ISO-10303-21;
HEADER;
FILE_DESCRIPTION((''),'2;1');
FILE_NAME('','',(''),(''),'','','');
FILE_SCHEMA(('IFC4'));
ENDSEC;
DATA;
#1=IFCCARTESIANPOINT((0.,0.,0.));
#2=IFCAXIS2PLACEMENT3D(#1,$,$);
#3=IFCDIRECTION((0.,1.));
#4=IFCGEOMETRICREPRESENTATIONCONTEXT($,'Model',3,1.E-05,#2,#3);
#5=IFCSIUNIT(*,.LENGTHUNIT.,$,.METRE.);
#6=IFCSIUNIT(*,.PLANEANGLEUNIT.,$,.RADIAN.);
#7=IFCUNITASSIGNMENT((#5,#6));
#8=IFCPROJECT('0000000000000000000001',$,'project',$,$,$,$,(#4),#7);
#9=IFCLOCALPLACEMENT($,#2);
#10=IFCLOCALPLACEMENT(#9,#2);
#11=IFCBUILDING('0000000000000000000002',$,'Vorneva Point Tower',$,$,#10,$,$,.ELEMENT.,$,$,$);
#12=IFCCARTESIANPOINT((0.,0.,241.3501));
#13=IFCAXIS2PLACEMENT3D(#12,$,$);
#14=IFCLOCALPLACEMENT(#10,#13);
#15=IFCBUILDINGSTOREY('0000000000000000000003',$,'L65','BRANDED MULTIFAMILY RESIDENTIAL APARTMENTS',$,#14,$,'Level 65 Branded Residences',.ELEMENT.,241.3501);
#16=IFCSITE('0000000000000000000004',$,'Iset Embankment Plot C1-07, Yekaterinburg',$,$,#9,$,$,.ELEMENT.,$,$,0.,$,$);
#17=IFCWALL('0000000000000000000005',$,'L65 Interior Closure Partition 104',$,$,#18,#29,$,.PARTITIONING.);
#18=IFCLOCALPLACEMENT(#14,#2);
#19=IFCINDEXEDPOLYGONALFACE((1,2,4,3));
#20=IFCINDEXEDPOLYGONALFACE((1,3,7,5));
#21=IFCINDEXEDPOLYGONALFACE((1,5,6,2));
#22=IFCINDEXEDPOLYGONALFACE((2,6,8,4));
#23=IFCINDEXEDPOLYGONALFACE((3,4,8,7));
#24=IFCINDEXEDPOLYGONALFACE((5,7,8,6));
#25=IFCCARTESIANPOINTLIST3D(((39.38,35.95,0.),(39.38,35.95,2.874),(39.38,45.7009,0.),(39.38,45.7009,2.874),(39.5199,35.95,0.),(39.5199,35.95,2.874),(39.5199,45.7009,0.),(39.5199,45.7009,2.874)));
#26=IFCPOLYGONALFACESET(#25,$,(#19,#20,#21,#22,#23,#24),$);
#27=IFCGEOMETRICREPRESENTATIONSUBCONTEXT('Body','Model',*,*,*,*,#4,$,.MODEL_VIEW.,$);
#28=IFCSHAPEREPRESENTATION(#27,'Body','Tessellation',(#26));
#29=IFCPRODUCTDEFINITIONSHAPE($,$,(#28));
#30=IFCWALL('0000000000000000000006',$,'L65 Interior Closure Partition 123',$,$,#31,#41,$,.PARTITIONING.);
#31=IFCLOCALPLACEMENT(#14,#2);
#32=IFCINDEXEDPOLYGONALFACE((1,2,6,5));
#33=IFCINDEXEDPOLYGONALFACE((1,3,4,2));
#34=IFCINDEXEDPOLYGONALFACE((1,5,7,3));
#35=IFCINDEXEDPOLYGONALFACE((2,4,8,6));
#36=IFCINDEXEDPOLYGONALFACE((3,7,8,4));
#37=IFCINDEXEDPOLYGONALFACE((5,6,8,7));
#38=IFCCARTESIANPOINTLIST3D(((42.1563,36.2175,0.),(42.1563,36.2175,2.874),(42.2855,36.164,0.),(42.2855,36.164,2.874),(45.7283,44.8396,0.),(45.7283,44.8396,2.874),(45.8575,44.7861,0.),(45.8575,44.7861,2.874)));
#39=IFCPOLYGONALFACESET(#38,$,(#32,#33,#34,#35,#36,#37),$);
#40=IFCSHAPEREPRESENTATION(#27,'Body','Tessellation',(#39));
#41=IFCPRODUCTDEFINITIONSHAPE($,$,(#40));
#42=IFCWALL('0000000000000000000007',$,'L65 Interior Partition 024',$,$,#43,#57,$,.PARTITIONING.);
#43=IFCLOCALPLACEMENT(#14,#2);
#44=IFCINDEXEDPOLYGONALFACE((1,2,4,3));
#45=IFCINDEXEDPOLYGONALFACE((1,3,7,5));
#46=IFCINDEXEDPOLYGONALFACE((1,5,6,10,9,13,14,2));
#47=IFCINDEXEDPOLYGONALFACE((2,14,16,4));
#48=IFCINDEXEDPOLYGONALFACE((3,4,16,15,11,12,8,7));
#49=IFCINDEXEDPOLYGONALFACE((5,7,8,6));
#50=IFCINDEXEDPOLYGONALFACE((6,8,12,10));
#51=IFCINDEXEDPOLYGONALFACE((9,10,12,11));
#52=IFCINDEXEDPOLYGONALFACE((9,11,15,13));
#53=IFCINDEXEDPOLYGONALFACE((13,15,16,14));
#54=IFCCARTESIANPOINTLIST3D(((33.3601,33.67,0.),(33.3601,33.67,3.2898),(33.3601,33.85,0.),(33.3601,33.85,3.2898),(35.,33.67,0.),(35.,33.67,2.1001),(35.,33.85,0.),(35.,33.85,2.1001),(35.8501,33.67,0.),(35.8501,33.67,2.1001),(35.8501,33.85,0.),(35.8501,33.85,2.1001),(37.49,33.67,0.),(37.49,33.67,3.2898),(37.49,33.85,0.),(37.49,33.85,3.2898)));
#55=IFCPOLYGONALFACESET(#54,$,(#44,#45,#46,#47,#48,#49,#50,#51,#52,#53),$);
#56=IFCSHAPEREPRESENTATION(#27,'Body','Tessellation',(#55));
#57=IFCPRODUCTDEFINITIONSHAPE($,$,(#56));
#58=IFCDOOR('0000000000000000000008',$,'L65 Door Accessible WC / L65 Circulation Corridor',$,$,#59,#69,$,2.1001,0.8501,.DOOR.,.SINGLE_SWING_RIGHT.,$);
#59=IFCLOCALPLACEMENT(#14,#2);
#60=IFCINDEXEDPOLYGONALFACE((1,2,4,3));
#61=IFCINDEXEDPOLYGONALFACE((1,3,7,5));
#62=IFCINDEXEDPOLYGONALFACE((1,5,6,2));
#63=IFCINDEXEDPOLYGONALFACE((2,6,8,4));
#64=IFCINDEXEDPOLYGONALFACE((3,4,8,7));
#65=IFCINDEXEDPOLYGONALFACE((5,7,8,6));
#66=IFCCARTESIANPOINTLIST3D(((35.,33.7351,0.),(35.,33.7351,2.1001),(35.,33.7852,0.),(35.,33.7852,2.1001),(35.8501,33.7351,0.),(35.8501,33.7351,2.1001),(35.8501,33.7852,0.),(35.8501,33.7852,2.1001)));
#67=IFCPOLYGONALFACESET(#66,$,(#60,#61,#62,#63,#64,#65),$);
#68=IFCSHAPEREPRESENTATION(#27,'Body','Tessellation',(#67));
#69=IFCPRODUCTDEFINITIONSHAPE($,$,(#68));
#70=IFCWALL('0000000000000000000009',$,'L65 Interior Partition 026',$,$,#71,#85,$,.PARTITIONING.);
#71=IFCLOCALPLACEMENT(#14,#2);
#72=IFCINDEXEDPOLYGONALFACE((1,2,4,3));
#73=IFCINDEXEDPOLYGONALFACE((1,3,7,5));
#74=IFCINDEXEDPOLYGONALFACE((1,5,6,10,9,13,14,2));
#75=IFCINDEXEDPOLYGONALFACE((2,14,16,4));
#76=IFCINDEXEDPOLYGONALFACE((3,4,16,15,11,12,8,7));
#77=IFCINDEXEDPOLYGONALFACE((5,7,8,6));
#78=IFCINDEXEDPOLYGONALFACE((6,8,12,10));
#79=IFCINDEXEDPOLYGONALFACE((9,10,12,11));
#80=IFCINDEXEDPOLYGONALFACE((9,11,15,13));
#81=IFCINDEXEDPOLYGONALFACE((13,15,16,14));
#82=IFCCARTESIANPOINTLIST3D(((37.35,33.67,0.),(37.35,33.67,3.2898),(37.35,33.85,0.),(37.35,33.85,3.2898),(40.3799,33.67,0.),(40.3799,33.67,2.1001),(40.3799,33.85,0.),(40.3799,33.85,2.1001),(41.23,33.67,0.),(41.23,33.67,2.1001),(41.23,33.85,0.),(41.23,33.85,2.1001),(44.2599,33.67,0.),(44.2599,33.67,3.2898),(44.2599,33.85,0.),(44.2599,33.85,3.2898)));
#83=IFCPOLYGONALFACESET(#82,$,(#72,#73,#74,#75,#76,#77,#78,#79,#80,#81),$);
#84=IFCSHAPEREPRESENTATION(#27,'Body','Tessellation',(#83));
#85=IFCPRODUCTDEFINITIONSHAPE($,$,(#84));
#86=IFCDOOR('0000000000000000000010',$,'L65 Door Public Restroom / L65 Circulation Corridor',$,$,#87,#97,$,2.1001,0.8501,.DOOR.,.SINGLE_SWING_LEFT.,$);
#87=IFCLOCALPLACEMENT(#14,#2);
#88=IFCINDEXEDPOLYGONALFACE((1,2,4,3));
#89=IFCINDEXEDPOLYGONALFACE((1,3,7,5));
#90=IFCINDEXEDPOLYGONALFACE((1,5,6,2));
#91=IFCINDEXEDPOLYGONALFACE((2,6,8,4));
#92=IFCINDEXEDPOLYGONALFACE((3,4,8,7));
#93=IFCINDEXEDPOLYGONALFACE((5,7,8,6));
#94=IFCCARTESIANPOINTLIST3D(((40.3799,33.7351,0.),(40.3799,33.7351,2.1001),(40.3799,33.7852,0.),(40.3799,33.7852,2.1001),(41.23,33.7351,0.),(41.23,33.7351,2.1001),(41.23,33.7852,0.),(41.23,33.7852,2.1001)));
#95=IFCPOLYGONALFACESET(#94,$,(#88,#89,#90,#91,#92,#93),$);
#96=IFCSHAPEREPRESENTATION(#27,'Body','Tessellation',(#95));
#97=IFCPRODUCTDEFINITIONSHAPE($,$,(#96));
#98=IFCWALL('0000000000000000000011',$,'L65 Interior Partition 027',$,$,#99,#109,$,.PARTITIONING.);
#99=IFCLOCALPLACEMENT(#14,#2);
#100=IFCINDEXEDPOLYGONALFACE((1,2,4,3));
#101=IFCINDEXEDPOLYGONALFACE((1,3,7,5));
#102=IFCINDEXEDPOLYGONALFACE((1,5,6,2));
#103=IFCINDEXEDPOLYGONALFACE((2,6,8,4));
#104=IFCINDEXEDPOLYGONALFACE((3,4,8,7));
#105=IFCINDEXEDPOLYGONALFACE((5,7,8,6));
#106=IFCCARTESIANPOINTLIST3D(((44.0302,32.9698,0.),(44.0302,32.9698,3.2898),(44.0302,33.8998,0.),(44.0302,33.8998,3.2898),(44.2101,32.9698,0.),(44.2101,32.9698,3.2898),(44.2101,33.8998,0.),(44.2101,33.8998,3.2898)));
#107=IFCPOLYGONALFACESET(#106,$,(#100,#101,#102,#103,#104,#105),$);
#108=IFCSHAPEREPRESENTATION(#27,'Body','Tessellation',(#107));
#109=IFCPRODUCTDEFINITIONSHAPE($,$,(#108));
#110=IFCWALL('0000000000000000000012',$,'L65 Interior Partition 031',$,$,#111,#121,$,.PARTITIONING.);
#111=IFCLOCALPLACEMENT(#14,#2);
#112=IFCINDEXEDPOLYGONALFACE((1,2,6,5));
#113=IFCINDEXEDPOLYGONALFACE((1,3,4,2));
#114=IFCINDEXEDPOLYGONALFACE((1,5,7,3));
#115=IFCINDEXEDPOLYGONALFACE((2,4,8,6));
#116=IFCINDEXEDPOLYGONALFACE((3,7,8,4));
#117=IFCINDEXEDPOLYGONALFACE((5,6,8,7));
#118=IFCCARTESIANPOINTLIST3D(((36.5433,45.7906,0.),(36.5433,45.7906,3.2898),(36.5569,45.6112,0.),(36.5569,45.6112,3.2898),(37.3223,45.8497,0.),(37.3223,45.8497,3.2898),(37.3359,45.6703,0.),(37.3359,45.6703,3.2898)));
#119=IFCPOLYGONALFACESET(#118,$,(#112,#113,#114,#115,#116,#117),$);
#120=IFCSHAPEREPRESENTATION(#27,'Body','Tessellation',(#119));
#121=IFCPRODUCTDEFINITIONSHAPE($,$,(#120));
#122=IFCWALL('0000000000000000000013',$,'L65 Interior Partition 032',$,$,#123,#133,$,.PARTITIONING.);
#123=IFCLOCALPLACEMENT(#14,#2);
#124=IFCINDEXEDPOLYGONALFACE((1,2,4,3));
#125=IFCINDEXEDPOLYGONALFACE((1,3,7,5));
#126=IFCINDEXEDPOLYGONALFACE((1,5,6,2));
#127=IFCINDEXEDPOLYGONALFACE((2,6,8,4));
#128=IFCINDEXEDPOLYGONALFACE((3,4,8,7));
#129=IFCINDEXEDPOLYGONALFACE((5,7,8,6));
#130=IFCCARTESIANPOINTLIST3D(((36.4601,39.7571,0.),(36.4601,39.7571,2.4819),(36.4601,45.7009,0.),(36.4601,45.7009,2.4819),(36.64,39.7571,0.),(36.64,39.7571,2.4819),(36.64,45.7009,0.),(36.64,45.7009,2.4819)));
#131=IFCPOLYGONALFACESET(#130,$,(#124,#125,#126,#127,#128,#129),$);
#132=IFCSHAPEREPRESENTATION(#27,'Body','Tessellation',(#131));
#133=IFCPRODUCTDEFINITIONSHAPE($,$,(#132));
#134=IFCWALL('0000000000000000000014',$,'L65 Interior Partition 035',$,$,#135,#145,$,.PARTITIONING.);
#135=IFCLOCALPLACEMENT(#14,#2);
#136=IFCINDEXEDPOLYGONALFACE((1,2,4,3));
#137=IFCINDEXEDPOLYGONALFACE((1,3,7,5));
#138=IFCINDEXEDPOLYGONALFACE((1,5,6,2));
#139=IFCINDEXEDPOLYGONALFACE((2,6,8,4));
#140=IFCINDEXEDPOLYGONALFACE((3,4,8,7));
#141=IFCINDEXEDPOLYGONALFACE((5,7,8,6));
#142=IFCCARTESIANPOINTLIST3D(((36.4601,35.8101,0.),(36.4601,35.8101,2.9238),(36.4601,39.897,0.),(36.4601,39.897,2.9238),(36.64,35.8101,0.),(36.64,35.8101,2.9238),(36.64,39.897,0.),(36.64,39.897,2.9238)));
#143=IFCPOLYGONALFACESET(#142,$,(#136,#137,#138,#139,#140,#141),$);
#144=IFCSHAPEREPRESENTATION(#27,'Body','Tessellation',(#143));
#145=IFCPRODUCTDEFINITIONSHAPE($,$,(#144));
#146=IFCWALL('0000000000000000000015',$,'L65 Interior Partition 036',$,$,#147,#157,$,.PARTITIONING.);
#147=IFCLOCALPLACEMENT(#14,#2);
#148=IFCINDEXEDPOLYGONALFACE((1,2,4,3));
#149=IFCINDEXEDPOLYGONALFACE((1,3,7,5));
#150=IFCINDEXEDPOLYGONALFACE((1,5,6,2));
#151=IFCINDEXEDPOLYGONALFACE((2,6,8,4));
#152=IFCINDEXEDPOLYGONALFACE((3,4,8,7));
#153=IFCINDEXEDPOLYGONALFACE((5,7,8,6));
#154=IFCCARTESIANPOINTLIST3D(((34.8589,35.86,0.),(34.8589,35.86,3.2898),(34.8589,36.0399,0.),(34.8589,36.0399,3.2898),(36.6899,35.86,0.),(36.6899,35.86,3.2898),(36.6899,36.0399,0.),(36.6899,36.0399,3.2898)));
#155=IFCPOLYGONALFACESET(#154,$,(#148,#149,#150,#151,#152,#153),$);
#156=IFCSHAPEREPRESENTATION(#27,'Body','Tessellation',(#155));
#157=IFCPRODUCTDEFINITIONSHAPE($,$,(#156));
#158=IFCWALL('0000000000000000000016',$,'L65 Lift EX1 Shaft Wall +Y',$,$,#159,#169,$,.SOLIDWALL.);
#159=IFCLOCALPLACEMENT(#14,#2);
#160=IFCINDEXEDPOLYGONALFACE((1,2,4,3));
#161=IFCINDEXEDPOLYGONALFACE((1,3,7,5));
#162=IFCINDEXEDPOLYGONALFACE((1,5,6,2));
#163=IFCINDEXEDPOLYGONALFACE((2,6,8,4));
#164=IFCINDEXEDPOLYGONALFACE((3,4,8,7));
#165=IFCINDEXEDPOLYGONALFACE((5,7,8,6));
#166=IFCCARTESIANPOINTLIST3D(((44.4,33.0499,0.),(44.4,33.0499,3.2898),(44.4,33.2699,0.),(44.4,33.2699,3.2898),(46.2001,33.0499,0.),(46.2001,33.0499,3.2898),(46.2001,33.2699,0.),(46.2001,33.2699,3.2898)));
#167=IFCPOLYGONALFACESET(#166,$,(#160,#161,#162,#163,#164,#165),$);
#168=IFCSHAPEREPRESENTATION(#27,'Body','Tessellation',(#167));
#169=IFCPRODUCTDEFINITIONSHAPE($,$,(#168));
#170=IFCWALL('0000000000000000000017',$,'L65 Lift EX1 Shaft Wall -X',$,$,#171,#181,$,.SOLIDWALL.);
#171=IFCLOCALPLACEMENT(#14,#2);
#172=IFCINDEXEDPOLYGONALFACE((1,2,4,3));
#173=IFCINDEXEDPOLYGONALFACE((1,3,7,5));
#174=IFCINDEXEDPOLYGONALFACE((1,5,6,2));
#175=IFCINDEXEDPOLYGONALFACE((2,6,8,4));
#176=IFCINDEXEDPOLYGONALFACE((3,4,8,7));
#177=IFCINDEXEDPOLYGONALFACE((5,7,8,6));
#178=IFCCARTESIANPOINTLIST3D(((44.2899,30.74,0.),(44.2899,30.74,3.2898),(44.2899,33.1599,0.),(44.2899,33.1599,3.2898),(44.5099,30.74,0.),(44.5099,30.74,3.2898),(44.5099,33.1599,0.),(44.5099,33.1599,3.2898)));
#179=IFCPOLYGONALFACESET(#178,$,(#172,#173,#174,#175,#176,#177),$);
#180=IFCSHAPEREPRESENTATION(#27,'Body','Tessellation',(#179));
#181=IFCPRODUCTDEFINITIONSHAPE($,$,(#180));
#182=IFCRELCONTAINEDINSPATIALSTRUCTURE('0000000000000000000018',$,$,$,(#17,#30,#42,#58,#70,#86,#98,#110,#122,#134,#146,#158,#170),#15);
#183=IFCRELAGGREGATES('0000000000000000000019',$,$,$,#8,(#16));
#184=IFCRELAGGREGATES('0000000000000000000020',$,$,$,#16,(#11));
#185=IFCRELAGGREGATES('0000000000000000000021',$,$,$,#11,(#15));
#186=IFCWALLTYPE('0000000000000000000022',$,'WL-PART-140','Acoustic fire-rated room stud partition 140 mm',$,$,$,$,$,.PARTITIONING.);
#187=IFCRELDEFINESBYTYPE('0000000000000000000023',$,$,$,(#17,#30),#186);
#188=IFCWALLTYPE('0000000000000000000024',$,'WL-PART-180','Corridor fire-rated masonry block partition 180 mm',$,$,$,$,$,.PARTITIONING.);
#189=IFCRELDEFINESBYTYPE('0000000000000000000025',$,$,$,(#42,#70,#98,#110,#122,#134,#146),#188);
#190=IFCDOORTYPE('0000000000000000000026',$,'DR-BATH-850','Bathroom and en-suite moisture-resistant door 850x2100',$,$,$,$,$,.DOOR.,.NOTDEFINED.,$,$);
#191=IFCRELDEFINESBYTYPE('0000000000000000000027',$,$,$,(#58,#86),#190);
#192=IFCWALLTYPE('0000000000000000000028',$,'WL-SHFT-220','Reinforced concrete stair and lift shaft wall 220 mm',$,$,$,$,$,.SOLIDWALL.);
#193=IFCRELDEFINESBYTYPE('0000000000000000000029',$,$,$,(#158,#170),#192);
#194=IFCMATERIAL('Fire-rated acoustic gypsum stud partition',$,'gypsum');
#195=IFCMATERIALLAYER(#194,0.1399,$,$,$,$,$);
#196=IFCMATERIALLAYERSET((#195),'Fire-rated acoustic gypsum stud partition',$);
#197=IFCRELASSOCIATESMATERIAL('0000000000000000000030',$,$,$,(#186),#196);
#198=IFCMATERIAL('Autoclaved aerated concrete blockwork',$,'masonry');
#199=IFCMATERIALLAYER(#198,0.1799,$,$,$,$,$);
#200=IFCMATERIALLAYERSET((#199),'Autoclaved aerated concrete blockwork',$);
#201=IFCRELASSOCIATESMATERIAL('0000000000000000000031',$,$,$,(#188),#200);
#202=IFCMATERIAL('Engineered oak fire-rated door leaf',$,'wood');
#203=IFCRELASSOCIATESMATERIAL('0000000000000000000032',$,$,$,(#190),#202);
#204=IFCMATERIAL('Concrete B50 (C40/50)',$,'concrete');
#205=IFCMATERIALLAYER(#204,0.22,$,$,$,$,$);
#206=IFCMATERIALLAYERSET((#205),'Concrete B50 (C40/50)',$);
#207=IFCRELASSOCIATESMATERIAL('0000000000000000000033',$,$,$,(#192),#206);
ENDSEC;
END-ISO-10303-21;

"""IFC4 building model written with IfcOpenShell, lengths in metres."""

from ifc_helpers import new_model, si_unit, direction, frame, frame_2d, origin, place, context, subcontext, project, spatial, rectangle, extrude, material, layer, layer_set, type_object, element, fill, save


model = new_model("IFC4")

# Units and contexts
model_context = context("Model", 3, precision=1e-05, world=origin(), true_north=direction((0.0, 1.0)))
body_context = subcontext(model_context, "Body", "Model", "MODEL_VIEW")
ifc_project = project(units=[si_unit("LENGTHUNIT", "METRE"), si_unit("PLANEANGLEUNIT", "RADIAN")], contexts=[model_context])

# Site, building, storey
site_placement = place(None, origin())
site = spatial("IfcSite", under=ifc_project, at=site_placement, Name="Iset Embankment Plot C1-07, Yekaterinburg", CompositionType="ELEMENT", RefElevation=0.0)
building_placement = place(site_placement, origin())
building = spatial("IfcBuilding", under=site, at=building_placement, Name="Vorneva Point Tower", CompositionType="ELEMENT")
storey_placement = place(building_placement, frame((0.0, 0.0, 241.3501)))
storey = spatial("IfcBuildingStorey", under=building, at=storey_placement, Name="L65", Description="BRANDED MULTIFAMILY RESIDENTIAL APARTMENTS", LongName="Level 65 Branded Residences", CompositionType="ELEMENT", Elevation=241.3501)

# Shared definitions
ifc_material_1 = material(Name="Concrete B50 (C40/50)", Category="concrete")

# Walls
ifc_material_2 = material(Name="Fire-rated acoustic gypsum stud partition", Category="gypsum")
ifc_layer_1 = layer(ifc_material_2, 0.1399)
ifc_layer_set_1 = layer_set([ifc_layer_1], Name="Fire-rated acoustic gypsum stud partition")
wall_type_1 = type_object("IfcWallType", Name="WL-PART-140", Description="Acoustic fire-rated room stud partition 140 mm", PredefinedType="PARTITIONING", material=ifc_layer_set_1)
wall_1_placement = place(storey_placement, frame((39.45, 35.95, 0.0), z_axis=(0.0, 0.0, 1.0), x_axis=(0.0, 1.0, 0.0)))
element("IfcWall", 1, at=wall_1_placement, inside=storey, type_object=wall_type_1, Name="L65 Interior Closure Partition 104", PredefinedType="PARTITIONING", context=body_context, shape_type="SweptSolid", body=[
    extrude(rectangle(XDim=9.751, YDim=0.1399, at=frame_2d((4.8755, 0.0))), origin(), (0.0, 0.0, 1.0), 2.874),
])
wall_2_placement = place(storey_placement, frame((45.793, 44.813, 0.0), z_axis=(0.0, 0.0, 1.0), x_axis=(-0.382742, -0.923855, 0.0)))
element("IfcWall", 2, at=wall_2_placement, inside=storey, type_object=wall_type_1, Name="L65 Interior Closure Partition 123", PredefinedType="PARTITIONING", context=body_context, shape_type="SweptSolid", body=[
    extrude(rectangle(XDim=9.3328, YDim=0.1399, at=frame_2d((4.6665, 0.0))), origin(), (0.0, 0.0, 1.0), 2.874),
])

# Walls, openings, doors
ifc_material_3 = material(Name="Autoclaved aerated concrete blockwork", Category="masonry")
ifc_layer_2 = layer(ifc_material_3, 0.1799)
ifc_layer_set_2 = layer_set([ifc_layer_2], Name="Autoclaved aerated concrete blockwork")
wall_type_2 = type_object("IfcWallType", Name="WL-PART-180", Description="Corridor fire-rated masonry block partition 180 mm", PredefinedType="PARTITIONING", material=ifc_layer_set_2)
wall_3_placement = place(storey_placement, frame((37.49, 33.76, 0.0), z_axis=(0.0, 0.0, 1.0), x_axis=(-1.0, 0.0, 0.0)))
wall_3 = element("IfcWall", 3, at=wall_3_placement, inside=storey, type_object=wall_type_2, Name="L65 Interior Partition 024", PredefinedType="PARTITIONING", context=body_context, shape_type="SweptSolid", body=[
    extrude(rectangle(XDim=4.1299, YDim=0.1799, at=frame_2d((2.0649, 0.0))), origin(), (0.0, 0.0, 1.0), 3.2898),
])
opening_1_placement = place(wall_3_placement, frame((1.6399, 0.0, 0.0)))
opening_1 = element("IfcOpeningElement", 4, at=opening_1_placement, cuts=wall_3, PredefinedType="OPENING", context=body_context, shape_type="SweptSolid", body=[
    extrude(rectangle(XDim=0.8501, YDim=2.1001, at=frame_2d((0.425, 1.05))), frame((0.0, 0.105, 0.0), z_axis=(0.0, -1.0, 0.0), x_axis=(1.0, 0.0, 0.0)), (0.0, 0.0, 1.0), 0.2097),
])
ifc_material_4 = material(Name="Engineered oak fire-rated door leaf", Category="wood")
door_type = type_object("IfcDoorType", Name="DR-BATH-850", Description="Bathroom and en-suite moisture-resistant door 850x2100", OperationType="NOTDEFINED", PredefinedType="DOOR", material=ifc_material_4)
door_1_placement = place(opening_1_placement, origin())
door_1 = element("IfcDoor", 5, at=door_1_placement, inside=storey, type_object=door_type, Name="L65 Door Accessible WC / L65 Circulation Corridor", OperationType="SINGLE_SWING_RIGHT", OverallHeight=2.1001, OverallWidth=0.8501, PredefinedType="DOOR", context=body_context, shape_type="SweptSolid", body=[
    extrude(rectangle(XDim=0.8501, YDim=2.1001, at=frame_2d((0.425, 1.05))), frame((0.0, 0.0249, 0.0), z_axis=(0.0, -1.0, 0.0), x_axis=(1.0, 0.0, 0.0)), (0.0, 0.0, 1.0), 0.05),
])
fill(opening_1, door_1)
wall_4_placement = place(storey_placement, frame((44.26, 33.76, 0.0), z_axis=(0.0, 0.0, 1.0), x_axis=(-1.0, 0.0, 0.0)))
wall_4 = element("IfcWall", 6, at=wall_4_placement, inside=storey, type_object=wall_type_2, Name="L65 Interior Partition 026", PredefinedType="PARTITIONING", context=body_context, shape_type="SweptSolid", body=[
    extrude(rectangle(XDim=6.9099, YDim=0.1799, at=frame_2d((3.4551, 0.0))), origin(), (0.0, 0.0, 1.0), 3.2898),
])
opening_2_placement = place(wall_4_placement, frame((3.03, 0.0, 0.0)))
opening_2 = element("IfcOpeningElement", 7, at=opening_2_placement, cuts=wall_4, PredefinedType="OPENING", context=body_context, shape_type="SweptSolid", body=[
    extrude(rectangle(XDim=0.8501, YDim=2.1001, at=frame_2d((0.425, 1.05))), frame((0.0, 0.105, 0.0), z_axis=(0.0, -1.0, 0.0), x_axis=(1.0, 0.0, 0.0)), (0.0, 0.0, 1.0), 0.2097),
])
door_2_placement = place(opening_2_placement, origin())
door_2 = element("IfcDoor", 8, at=door_2_placement, inside=storey, type_object=door_type, Name="L65 Door Public Restroom / L65 Circulation Corridor", OperationType="SINGLE_SWING_LEFT", OverallHeight=2.1001, OverallWidth=0.8501, PredefinedType="DOOR", context=body_context, shape_type="SweptSolid", body=[
    extrude(rectangle(XDim=0.8501, YDim=2.1001, at=frame_2d((0.425, 1.05))), frame((0.0, 0.0249, 0.0), z_axis=(0.0, -1.0, 0.0), x_axis=(1.0, 0.0, 0.0)), (0.0, 0.0, 1.0), 0.05),
])
fill(opening_2, door_2)

# Walls
wall_5_placement = place(storey_placement, frame((44.1201, 32.97, 0.0), z_axis=(0.0, 0.0, 1.0), x_axis=(0.0, 1.0, 0.0)))
element("IfcWall", 9, at=wall_5_placement, inside=storey, type_object=wall_type_2, Name="L65 Interior Partition 027", PredefinedType="PARTITIONING", context=body_context, shape_type="SweptSolid", body=[
    extrude(rectangle(XDim=0.9299, YDim=0.1799, at=frame_2d((0.4648, 0.0))), origin(), (0.0, 0.0, 1.0), 3.2898),
])
wall_6_placement = place(storey_placement, frame((37.3291, 45.76, 0.0), z_axis=(0.0, 0.0, 1.0), x_axis=(-0.997137, -0.075621, 0.0)))
element("IfcWall", 10, at=wall_6_placement, inside=storey, type_object=wall_type_2, Name="L65 Interior Partition 031", PredefinedType="PARTITIONING", context=body_context, shape_type="SweptSolid", body=[
    extrude(rectangle(XDim=0.7812, YDim=0.1799, at=frame_2d((0.3906, 0.0))), origin(), (0.0, 0.0, 1.0), 3.2898),
])
wall_7_placement = place(storey_placement, frame((36.55, 45.7009, 0.0), z_axis=(0.0, 0.0, 1.0), x_axis=(0.0, -1.0, 0.0)))
element("IfcWall", 11, at=wall_7_placement, inside=storey, type_object=wall_type_2, Name="L65 Interior Partition 032", PredefinedType="PARTITIONING", context=body_context, shape_type="SweptSolid", body=[
    extrude(rectangle(XDim=5.9438, YDim=0.1799, at=frame_2d((2.9719, 0.0))), origin(), (0.0, 0.0, 1.0), 2.4819),
])
wall_8_placement = place(storey_placement, frame((36.55, 39.897, 0.0), z_axis=(0.0, 0.0, 1.0), x_axis=(0.0, -1.0, 0.0)))
element("IfcWall", 12, at=wall_8_placement, inside=storey, type_object=wall_type_2, Name="L65 Interior Partition 035", PredefinedType="PARTITIONING", context=body_context, shape_type="SweptSolid", body=[
    extrude(rectangle(XDim=4.0869, YDim=0.1799, at=frame_2d((2.0435, 0.0))), origin(), (0.0, 0.0, 1.0), 2.9238),
])
wall_9_placement = place(storey_placement, frame((36.6899, 35.95, 0.0), z_axis=(0.0, 0.0, 1.0), x_axis=(-1.0, 0.0, 0.0)))
element("IfcWall", 13, at=wall_9_placement, inside=storey, type_object=wall_type_2, Name="L65 Interior Partition 036", PredefinedType="PARTITIONING", context=body_context, shape_type="SweptSolid", body=[
    extrude(rectangle(XDim=1.8311, YDim=0.1799, at=frame_2d((0.9155, 0.0))), origin(), (0.0, 0.0, 1.0), 3.2898),
])
ifc_layer_3 = layer(ifc_material_1, 0.22)
ifc_layer_set_3 = layer_set([ifc_layer_3], Name="Concrete B50 (C40/50)")
wall_type_3 = type_object("IfcWallType", Name="WL-SHFT-220", Description="Reinforced concrete stair and lift shaft wall 220 mm", PredefinedType="SOLIDWALL", material=ifc_layer_set_3)
wall_10_placement = place(storey_placement, frame((46.2, 33.1599, 0.0), z_axis=(0.0, 0.0, 1.0), x_axis=(-1.0, 0.0, 0.0)))
element("IfcWall", 14, at=wall_10_placement, inside=storey, type_object=wall_type_3, Name="L65 Lift EX1 Shaft Wall +Y", PredefinedType="SOLIDWALL", context=body_context, shape_type="SweptSolid", body=[
    extrude(rectangle(XDim=1.8, YDim=0.22, at=frame_2d((0.8999, 0.0))), origin(), (0.0, 0.0, 1.0), 3.2898),
])
wall_11_placement = place(storey_placement, frame((44.3999, 33.1599, 0.0), z_axis=(0.0, 0.0, 1.0), x_axis=(0.0, -1.0, 0.0)))
element("IfcWall", 15, at=wall_11_placement, inside=storey, type_object=wall_type_3, Name="L65 Lift EX1 Shaft Wall -X", PredefinedType="SOLIDWALL", context=body_context, shape_type="SweptSolid", body=[
    extrude(rectangle(XDim=2.4199, YDim=0.22, at=frame_2d((1.21, 0.0))), origin(), (0.0, 0.0, 1.0), 3.2898),
])

save(model, "model.ifc")
